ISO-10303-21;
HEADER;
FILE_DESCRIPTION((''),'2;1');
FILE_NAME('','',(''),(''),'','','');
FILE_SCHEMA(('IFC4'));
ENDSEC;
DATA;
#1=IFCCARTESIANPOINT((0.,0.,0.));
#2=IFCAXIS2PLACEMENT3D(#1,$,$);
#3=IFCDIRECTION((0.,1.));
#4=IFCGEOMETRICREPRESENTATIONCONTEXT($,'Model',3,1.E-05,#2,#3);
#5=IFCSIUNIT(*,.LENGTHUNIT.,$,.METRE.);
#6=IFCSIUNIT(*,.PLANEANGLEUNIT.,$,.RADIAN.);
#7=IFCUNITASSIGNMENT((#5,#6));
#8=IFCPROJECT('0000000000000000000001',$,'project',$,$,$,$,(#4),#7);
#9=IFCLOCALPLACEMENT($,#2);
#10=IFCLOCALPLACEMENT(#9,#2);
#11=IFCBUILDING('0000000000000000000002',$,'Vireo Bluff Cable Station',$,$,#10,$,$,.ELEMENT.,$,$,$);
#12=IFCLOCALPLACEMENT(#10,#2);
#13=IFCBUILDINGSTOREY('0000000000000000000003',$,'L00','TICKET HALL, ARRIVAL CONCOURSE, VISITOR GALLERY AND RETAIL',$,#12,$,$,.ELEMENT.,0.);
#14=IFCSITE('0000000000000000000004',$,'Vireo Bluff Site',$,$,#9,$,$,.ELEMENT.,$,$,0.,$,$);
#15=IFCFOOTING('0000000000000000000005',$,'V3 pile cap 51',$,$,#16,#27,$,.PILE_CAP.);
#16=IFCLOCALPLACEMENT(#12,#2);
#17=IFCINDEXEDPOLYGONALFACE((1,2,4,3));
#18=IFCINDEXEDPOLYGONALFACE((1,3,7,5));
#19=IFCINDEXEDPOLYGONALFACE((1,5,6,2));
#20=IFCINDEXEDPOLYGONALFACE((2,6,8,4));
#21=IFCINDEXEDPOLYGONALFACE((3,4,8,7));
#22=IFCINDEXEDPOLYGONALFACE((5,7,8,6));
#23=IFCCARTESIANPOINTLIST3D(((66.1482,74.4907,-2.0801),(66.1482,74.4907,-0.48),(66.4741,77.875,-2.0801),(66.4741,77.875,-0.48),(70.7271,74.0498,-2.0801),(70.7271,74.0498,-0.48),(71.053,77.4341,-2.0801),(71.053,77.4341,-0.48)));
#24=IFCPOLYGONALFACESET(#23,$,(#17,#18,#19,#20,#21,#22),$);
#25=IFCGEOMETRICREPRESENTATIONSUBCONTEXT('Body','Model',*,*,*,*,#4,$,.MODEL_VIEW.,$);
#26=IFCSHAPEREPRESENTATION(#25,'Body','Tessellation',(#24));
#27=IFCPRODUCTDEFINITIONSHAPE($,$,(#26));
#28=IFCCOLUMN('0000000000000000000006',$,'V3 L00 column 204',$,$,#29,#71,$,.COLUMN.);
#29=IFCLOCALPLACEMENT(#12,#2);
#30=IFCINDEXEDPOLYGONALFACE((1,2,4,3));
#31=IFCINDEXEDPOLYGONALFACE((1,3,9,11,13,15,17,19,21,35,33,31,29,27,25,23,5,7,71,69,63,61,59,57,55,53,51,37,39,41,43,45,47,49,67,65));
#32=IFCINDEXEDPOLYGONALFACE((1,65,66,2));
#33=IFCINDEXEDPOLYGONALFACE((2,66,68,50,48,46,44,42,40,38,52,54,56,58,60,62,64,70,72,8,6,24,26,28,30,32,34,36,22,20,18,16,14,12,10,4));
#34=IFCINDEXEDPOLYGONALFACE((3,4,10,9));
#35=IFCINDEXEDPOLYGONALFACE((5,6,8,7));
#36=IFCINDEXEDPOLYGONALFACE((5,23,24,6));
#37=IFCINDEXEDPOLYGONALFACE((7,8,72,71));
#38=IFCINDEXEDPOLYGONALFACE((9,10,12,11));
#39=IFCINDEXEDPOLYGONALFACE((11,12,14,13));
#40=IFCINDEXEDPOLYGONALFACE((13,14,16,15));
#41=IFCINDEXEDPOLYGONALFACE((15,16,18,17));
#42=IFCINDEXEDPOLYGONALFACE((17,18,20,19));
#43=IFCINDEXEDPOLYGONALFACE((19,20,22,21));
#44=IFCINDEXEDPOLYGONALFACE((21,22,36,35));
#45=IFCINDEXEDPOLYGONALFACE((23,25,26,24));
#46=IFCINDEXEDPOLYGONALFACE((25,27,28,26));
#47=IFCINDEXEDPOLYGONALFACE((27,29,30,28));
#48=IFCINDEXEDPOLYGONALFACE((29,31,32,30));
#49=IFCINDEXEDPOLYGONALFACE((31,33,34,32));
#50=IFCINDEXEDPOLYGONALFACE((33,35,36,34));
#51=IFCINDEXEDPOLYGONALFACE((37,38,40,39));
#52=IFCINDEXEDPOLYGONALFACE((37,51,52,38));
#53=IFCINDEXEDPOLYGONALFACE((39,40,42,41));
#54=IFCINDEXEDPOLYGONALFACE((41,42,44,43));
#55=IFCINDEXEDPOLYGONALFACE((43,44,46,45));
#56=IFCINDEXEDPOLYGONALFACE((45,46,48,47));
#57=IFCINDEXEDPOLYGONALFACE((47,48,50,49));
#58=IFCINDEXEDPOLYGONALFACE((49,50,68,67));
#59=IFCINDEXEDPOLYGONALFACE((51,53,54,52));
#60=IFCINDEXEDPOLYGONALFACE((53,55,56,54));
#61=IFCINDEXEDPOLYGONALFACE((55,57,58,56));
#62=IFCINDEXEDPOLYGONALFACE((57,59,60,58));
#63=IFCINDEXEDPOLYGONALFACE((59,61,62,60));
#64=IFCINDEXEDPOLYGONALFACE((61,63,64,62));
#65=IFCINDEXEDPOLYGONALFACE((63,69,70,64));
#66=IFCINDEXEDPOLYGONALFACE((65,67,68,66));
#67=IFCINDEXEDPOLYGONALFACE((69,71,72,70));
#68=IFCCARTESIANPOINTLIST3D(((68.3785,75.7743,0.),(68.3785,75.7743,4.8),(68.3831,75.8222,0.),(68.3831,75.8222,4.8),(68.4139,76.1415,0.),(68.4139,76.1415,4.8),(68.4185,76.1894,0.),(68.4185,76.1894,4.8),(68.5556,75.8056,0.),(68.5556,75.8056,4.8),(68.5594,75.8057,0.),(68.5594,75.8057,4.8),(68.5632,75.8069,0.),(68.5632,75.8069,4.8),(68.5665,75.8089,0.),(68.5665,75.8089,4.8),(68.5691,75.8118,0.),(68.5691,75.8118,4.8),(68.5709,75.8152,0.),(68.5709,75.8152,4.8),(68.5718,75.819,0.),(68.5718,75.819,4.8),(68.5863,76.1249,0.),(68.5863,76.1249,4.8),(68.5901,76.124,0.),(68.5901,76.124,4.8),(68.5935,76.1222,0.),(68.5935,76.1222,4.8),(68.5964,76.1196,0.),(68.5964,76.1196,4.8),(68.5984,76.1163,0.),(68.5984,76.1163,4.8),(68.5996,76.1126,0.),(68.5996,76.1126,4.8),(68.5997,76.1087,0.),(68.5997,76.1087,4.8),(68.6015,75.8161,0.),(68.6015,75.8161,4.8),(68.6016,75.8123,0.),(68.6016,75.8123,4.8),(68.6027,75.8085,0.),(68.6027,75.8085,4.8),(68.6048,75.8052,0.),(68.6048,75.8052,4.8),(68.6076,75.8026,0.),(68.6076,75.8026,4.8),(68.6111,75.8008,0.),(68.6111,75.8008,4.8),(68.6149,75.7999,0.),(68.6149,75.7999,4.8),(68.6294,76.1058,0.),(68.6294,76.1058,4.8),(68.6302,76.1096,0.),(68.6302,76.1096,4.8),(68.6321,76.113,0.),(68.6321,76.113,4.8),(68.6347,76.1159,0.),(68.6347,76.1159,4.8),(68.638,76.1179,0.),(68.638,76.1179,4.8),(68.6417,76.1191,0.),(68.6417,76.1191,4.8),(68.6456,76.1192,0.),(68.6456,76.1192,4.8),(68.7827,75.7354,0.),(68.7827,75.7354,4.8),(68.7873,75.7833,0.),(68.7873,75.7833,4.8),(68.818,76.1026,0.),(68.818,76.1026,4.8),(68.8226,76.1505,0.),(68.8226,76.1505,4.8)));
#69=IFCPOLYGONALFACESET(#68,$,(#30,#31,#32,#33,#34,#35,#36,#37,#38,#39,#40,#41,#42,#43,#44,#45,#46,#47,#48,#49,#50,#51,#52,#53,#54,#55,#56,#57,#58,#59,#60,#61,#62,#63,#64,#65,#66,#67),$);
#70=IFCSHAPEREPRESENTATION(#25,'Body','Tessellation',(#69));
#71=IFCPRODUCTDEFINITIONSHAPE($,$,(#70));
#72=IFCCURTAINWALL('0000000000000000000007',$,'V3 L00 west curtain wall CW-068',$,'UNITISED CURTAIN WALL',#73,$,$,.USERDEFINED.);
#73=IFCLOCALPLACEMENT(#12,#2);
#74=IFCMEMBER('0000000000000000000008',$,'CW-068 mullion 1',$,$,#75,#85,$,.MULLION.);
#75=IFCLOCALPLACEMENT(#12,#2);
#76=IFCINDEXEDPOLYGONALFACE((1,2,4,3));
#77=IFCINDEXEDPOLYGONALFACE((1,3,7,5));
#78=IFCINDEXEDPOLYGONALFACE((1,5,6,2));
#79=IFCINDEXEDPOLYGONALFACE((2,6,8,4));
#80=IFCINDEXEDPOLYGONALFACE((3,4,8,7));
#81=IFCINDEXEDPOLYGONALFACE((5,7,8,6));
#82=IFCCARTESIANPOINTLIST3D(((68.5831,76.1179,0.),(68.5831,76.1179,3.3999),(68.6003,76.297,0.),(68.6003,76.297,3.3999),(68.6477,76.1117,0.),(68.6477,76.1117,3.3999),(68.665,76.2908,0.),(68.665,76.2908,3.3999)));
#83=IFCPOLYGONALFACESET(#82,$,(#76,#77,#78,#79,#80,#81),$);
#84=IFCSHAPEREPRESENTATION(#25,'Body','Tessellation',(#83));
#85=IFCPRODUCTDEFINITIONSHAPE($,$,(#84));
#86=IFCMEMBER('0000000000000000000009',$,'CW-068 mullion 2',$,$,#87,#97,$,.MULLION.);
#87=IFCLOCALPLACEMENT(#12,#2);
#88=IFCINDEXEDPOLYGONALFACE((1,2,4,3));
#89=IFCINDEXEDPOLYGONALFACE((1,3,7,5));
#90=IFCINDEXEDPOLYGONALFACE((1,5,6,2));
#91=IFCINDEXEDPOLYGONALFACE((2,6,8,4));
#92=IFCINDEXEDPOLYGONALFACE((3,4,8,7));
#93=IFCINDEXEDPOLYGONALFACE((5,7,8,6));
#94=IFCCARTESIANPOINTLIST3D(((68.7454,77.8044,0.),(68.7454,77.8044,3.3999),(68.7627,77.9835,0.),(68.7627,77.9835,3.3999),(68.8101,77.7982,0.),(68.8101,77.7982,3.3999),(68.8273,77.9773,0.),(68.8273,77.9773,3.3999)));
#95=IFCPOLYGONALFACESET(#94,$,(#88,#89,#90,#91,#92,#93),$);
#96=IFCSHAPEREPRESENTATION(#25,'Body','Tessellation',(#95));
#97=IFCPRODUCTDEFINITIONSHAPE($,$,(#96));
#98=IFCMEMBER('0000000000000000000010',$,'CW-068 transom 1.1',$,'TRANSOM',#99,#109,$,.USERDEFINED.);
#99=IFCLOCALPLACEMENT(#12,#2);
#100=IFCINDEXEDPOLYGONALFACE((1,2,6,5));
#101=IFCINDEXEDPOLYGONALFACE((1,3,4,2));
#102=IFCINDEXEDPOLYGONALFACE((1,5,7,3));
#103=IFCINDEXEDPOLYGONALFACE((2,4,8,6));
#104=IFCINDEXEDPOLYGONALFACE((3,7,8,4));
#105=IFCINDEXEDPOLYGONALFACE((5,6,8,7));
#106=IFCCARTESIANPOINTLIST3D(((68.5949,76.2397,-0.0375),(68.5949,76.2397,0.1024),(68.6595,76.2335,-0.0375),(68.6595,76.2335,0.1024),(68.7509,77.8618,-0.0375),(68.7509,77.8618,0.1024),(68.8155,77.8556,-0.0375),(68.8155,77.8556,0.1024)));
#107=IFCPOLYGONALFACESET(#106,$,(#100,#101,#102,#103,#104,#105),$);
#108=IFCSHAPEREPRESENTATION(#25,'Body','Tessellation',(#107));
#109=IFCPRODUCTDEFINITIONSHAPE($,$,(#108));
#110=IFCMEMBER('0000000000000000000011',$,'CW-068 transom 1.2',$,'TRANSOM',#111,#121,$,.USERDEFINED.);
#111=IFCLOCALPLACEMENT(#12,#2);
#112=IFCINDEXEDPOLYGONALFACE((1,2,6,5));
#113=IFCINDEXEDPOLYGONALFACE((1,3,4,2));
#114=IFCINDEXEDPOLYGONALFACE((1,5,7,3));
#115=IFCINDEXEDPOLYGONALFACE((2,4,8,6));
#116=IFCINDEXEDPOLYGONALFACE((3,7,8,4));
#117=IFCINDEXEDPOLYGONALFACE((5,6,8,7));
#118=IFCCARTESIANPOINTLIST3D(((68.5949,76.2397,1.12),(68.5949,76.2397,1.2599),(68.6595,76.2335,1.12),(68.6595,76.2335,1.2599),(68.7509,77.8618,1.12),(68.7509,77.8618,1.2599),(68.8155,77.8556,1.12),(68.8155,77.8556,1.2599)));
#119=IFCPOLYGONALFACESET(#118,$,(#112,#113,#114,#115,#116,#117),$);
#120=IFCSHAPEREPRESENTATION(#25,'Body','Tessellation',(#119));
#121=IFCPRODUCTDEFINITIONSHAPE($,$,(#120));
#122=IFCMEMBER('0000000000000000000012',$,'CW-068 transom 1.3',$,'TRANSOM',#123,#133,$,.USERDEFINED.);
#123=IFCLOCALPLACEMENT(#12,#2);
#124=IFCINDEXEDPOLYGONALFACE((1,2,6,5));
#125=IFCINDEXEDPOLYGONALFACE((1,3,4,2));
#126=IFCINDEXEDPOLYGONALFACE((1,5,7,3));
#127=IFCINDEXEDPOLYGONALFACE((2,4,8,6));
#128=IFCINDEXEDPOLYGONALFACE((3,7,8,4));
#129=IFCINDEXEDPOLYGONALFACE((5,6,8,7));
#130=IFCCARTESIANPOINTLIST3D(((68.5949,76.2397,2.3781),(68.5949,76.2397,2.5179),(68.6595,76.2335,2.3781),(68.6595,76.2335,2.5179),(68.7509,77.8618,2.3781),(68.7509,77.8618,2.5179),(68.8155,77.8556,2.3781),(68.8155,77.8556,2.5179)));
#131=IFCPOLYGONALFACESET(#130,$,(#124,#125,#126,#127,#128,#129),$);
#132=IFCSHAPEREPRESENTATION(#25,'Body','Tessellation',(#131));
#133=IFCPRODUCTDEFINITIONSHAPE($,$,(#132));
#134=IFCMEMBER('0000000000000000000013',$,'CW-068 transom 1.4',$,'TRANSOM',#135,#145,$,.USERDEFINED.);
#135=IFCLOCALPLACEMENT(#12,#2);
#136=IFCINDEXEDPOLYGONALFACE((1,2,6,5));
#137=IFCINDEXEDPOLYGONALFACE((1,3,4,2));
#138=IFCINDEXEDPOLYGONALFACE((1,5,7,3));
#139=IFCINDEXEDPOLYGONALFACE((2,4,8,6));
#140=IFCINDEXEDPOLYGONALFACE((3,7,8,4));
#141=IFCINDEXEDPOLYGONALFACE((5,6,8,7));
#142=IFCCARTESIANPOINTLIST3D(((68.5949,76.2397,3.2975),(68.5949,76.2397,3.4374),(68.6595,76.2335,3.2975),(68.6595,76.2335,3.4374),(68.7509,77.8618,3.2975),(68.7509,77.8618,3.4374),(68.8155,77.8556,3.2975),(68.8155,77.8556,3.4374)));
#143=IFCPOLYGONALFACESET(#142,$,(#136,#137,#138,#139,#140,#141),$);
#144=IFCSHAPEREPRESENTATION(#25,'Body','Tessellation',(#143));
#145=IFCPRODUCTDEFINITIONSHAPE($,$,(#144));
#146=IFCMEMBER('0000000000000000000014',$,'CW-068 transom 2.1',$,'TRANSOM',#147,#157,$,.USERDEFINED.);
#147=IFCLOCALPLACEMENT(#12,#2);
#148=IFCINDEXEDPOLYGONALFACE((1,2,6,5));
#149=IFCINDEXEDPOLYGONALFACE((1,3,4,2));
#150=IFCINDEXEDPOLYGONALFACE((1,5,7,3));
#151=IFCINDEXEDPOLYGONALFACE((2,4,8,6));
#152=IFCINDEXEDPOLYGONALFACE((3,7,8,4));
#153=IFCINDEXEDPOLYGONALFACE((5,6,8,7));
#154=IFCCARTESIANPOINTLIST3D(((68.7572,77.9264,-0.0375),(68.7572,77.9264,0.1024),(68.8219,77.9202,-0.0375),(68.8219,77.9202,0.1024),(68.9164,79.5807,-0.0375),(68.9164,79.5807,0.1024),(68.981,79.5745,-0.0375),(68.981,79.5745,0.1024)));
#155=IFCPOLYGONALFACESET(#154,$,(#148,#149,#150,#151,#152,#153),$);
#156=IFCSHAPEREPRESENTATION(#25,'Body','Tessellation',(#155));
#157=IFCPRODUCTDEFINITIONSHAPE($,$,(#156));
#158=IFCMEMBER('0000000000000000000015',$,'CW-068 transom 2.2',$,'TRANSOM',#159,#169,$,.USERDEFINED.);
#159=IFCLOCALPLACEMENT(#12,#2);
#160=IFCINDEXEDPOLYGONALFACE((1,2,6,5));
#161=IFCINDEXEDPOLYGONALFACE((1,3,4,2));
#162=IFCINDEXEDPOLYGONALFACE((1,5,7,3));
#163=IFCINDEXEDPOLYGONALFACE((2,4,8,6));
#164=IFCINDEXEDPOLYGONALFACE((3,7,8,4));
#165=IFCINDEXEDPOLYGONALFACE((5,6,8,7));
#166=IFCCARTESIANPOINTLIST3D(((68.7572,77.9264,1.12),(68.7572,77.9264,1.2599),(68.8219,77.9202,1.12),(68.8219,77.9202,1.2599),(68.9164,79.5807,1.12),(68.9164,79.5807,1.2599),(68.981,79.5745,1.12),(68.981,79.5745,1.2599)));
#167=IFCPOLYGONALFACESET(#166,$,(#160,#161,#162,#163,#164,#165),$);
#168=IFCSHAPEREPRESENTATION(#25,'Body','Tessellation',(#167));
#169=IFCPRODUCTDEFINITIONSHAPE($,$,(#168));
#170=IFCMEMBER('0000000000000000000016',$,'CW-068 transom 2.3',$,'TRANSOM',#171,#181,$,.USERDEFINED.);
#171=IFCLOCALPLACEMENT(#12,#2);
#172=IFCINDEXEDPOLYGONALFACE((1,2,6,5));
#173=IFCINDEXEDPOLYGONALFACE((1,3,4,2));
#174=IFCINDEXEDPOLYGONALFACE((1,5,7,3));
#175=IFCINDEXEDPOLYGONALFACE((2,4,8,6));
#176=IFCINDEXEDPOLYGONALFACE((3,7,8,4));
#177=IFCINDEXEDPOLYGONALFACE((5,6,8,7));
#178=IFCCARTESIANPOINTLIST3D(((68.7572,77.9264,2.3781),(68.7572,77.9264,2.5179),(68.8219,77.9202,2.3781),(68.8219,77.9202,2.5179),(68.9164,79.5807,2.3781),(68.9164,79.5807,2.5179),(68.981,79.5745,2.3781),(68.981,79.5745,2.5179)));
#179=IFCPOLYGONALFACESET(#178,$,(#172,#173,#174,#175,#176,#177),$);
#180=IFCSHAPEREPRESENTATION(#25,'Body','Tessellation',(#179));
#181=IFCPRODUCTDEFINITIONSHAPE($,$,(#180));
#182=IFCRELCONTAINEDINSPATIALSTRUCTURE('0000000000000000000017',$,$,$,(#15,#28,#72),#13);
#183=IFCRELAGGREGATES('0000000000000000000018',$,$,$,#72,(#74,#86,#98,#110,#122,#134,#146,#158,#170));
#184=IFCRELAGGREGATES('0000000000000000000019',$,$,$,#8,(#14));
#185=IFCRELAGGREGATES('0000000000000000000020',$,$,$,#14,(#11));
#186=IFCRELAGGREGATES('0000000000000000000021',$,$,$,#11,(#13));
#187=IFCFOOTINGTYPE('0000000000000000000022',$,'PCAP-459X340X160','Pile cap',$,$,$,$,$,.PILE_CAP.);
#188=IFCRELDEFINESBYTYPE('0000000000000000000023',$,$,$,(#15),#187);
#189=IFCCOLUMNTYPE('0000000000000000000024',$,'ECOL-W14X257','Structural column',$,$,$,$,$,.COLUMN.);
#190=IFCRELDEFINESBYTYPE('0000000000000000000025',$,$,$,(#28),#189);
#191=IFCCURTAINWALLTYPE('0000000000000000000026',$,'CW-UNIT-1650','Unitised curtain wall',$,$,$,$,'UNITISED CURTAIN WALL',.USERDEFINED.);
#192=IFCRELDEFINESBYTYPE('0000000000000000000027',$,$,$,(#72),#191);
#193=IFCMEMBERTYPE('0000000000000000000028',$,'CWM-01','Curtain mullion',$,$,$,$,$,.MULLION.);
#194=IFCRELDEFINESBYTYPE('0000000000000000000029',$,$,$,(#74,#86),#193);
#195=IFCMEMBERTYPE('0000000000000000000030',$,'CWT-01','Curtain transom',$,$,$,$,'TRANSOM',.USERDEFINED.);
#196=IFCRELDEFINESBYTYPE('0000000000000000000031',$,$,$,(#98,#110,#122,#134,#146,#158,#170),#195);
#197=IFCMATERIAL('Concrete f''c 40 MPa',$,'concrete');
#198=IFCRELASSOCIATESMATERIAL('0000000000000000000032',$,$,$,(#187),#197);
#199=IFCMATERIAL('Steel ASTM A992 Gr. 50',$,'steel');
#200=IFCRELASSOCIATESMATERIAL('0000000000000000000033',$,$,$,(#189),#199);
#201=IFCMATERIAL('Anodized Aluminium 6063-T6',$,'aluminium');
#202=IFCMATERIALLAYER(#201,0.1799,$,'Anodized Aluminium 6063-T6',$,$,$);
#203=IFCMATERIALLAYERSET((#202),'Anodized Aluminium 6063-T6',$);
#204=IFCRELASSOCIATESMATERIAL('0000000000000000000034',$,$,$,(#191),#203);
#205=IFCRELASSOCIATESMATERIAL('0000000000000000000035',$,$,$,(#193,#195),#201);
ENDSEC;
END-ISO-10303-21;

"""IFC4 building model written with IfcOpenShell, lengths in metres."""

from ifc_helpers import new_model, si_unit, direction, frame, origin, origin_2d, place, context, subcontext, project, spatial, rectangle, i_section, extrude, material, layer, layer_set, material_profile, profile_set, type_object, element, aggregate, save


model = new_model("IFC4")

# Units and contexts
model_context = context("Model", 3, precision=1e-05, world=origin(), true_north=direction((0.0, 1.0)))
body_context = subcontext(model_context, "Body", "Model", "MODEL_VIEW")
ifc_project = project(units=[si_unit("LENGTHUNIT", "METRE"), si_unit("PLANEANGLEUNIT", "RADIAN")], contexts=[model_context])

# Site, building, storey
site_placement = place(None, origin())
site = spatial("IfcSite", under=ifc_project, at=site_placement, Name="Vireo Bluff Site", CompositionType="ELEMENT", RefElevation=0.0)
building_placement = place(site_placement, origin())
building = spatial("IfcBuilding", under=site, at=building_placement, Name="Vireo Bluff Cable Station", CompositionType="ELEMENT")
storey_placement = place(building_placement, origin())
storey = spatial("IfcBuildingStorey", under=building, at=storey_placement, Name="L00", Description="TICKET HALL, ARRIVAL CONCOURSE, VISITOR GALLERY AND RETAIL", CompositionType="ELEMENT", Elevation=0.0)

# Footing
ifc_material_1 = material(Name="Concrete f'c 40 MPa", Category="concrete")
footing_type = type_object("IfcFootingType", Name="PCAP-459X340X160", Description="Pile cap", PredefinedType="PILE_CAP", material=ifc_material_1)
footing_placement = place(storey_placement, frame((68.6006, 75.9624, -2.0801), z_axis=(0.0, 0.0, 1.0), x_axis=(0.995396, -0.095846, 0.0)))
element("IfcFooting", 1, at=footing_placement, inside=storey, type_object=footing_type, Name="V3 pile cap 51", PredefinedType="PILE_CAP", context=body_context, shape_type="SweptSolid", body=[
    extrude(rectangle(XDim=4.6001, YDim=3.3999, at=origin_2d()), origin(), (0.0, 0.0, 1.0), 1.6001),
])

# Column
ifc_material_2 = material(Name="Steel ASTM A992 Gr. 50", Category="steel")
ifc_material_profile_1 = material_profile(ifc_material_2, i_section(OverallWidth=0.406, OverallDepth=0.417, WebThickness=0.0298, FlangeThickness=0.0481, FilletRadius=0.0149, at=origin_2d()), Name="W14X257")
ifc_profile_set_1 = profile_set([ifc_material_profile_1], Name="Steel ASTM A992 Gr. 50")
column_type = type_object("IfcColumnType", Name="ECOL-W14X257", Description="Structural column", PredefinedType="COLUMN", material=ifc_profile_set_1)
column_placement = place(storey_placement, frame((68.6006, 75.9624, 0.0), z_axis=(0.0, 0.0, 1.0), x_axis=(0.995396, -0.095846, 0.0)))
element("IfcColumn", 2, at=column_placement, inside=storey, type_object=column_type, Name="V3 L00 column 204", PredefinedType="COLUMN", context=body_context, shape_type="SweptSolid", body=[
    extrude(i_section(OverallWidth=0.406, OverallDepth=0.417, WebThickness=0.0298, FlangeThickness=0.0481, FilletRadius=0.0149, at=origin_2d()), origin(), (0.0, 0.0, 1.0), 4.8),
])

# Curtain wall, members
ifc_material_3 = material(Name="Anodized Aluminium 6063-T6", Category="aluminium")
ifc_layer_1 = layer(ifc_material_3, 0.1799, Name="Anodized Aluminium 6063-T6")
ifc_layer_set_1 = layer_set([ifc_layer_1], Name="Anodized Aluminium 6063-T6")
curtain_wall_type = type_object("IfcCurtainWallType", Name="CW-UNIT-1650", Description="Unitised curtain wall", ElementType="UNITISED CURTAIN WALL", PredefinedType="USERDEFINED", material=ifc_layer_set_1)
curtain_wall_placement = place(storey_placement, origin())
curtain_wall = element("IfcCurtainWall", 3, at=curtain_wall_placement, inside=storey, type_object=curtain_wall_type, Name="V3 L00 west curtain wall CW-068", ObjectType="UNITISED CURTAIN WALL", PredefinedType="USERDEFINED")
ifc_material_profile_2 = material_profile(ifc_material_3, rectangle(XDim=0.0649, YDim=0.1799, at=origin_2d()), Name="ALU-M-65X180")
ifc_profile_set_2 = profile_set([ifc_material_profile_2], Name="Anodized Aluminium 6063-T6")
member_type_1 = type_object("IfcMemberType", Name="CWM-01", Description="Curtain mullion", PredefinedType="MULLION", material=ifc_profile_set_2)
member_1_placement = place(storey_placement, frame((68.624, 76.2043, 0.0), z_axis=(0.0, 0.0, 1.0), x_axis=(-0.995396, 0.095846, 0.0)))
member_1 = element("IfcMember", 4, at=member_1_placement, type_object=member_type_1, Name="CW-068 mullion 1", PredefinedType="MULLION", context=body_context, shape_type="SweptSolid", body=[
    extrude(rectangle(XDim=0.0649, YDim=0.1799, at=origin_2d()), origin(), (0.0, 0.0, 1.0), 3.3999),
])
member_2_placement = place(storey_placement, frame((68.7864, 77.8909, 0.0), z_axis=(0.0, 0.0, 1.0), x_axis=(-0.995396, 0.095846, 0.0)))
member_2 = element("IfcMember", 5, at=member_2_placement, type_object=member_type_1, Name="CW-068 mullion 2", PredefinedType="MULLION", context=body_context, shape_type="SweptSolid", body=[
    extrude(rectangle(XDim=0.0649, YDim=0.1799, at=origin_2d()), origin(), (0.0, 0.0, 1.0), 3.3999),
])
ifc_material_profile_3 = material_profile(ifc_material_3, rectangle(XDim=0.0649, YDim=0.1399, at=origin_2d()), Name="ALU-T-65X140")
ifc_profile_set_3 = profile_set([ifc_material_profile_3], Name="Anodized Aluminium 6063-T6")
member_type_2 = type_object("IfcMemberType", Name="CWT-01", Description="Curtain transom", ElementType="TRANSOM", PredefinedType="USERDEFINED", material=ifc_profile_set_3)
member_3_placement = place(storey_placement, frame((68.6272, 76.2366, 0.0325), z_axis=(0.095735, 0.995407, 0.0), x_axis=(-0.995407, 0.095735, 0.0)))
member_3 = element("IfcMember", 6, at=member_3_placement, type_object=member_type_2, Name="CW-068 transom 1.1", ObjectType="TRANSOM", PredefinedType="USERDEFINED", context=body_context, shape_type="SweptSolid", body=[
    extrude(rectangle(XDim=0.0649, YDim=0.1399, at=origin_2d()), origin(), (0.0, 0.0, 1.0), 1.6296),
])
member_4_placement = place(storey_placement, frame((68.6272, 76.2366, 1.1899), z_axis=(0.095735, 0.995407, 0.0), x_axis=(-0.995407, 0.095735, 0.0)))
member_4 = element("IfcMember", 7, at=member_4_placement, type_object=member_type_2, Name="CW-068 transom 1.2", ObjectType="TRANSOM", PredefinedType="USERDEFINED", context=body_context, shape_type="SweptSolid", body=[
    extrude(rectangle(XDim=0.0649, YDim=0.1399, at=origin_2d()), origin(), (0.0, 0.0, 1.0), 1.6296),
])
member_5_placement = place(storey_placement, frame((68.6272, 76.2366, 2.448), z_axis=(0.095735, 0.995407, 0.0), x_axis=(-0.995407, 0.095735, 0.0)))
member_5 = element("IfcMember", 8, at=member_5_placement, type_object=member_type_2, Name="CW-068 transom 1.3", ObjectType="TRANSOM", PredefinedType="USERDEFINED", context=body_context, shape_type="SweptSolid", body=[
    extrude(rectangle(XDim=0.0649, YDim=0.1399, at=origin_2d()), origin(), (0.0, 0.0, 1.0), 1.6296),
])
member_6_placement = place(storey_placement, frame((68.6272, 76.2366, 3.3674), z_axis=(0.095735, 0.995407, 0.0), x_axis=(-0.995407, 0.095735, 0.0)))
member_6 = element("IfcMember", 9, at=member_6_placement, type_object=member_type_2, Name="CW-068 transom 1.4", ObjectType="TRANSOM", PredefinedType="USERDEFINED", context=body_context, shape_type="SweptSolid", body=[
    extrude(rectangle(XDim=0.0649, YDim=0.1399, at=origin_2d()), origin(), (0.0, 0.0, 1.0), 1.6296),
])
member_7_placement = place(storey_placement, frame((68.7896, 77.9233, 0.0325), z_axis=(0.09578, 0.995403, 0.0), x_axis=(-0.995403, 0.09578, 0.0)))
member_7 = element("IfcMember", 10, at=member_7_placement, type_object=member_type_2, Name="CW-068 transom 2.1", ObjectType="TRANSOM", PredefinedType="USERDEFINED", context=body_context, shape_type="SweptSolid", body=[
    extrude(rectangle(XDim=0.0649, YDim=0.1399, at=origin_2d()), origin(), (0.0, 0.0, 1.0), 1.6619),
])
member_8_placement = place(storey_placement, frame((68.7896, 77.9233, 1.1899), z_axis=(0.09578, 0.995403, 0.0), x_axis=(-0.995403, 0.09578, 0.0)))
member_8 = element("IfcMember", 11, at=member_8_placement, type_object=member_type_2, Name="CW-068 transom 2.2", ObjectType="TRANSOM", PredefinedType="USERDEFINED", context=body_context, shape_type="SweptSolid", body=[
    extrude(rectangle(XDim=0.0649, YDim=0.1399, at=origin_2d()), origin(), (0.0, 0.0, 1.0), 1.6619),
])
member_9_placement = place(storey_placement, frame((68.7896, 77.9233, 2.448), z_axis=(0.09578, 0.995403, 0.0), x_axis=(-0.995403, 0.09578, 0.0)))
member_9 = element("IfcMember", 12, at=member_9_placement, type_object=member_type_2, Name="CW-068 transom 2.3", ObjectType="TRANSOM", PredefinedType="USERDEFINED", context=body_context, shape_type="SweptSolid", body=[
    extrude(rectangle(XDim=0.0649, YDim=0.1399, at=origin_2d()), origin(), (0.0, 0.0, 1.0), 1.6619),
])

aggregate(curtain_wall, [member_1, member_2, member_3, member_4, member_5, member_6, member_7, member_8, member_9])

save(model, "model.ifc")
